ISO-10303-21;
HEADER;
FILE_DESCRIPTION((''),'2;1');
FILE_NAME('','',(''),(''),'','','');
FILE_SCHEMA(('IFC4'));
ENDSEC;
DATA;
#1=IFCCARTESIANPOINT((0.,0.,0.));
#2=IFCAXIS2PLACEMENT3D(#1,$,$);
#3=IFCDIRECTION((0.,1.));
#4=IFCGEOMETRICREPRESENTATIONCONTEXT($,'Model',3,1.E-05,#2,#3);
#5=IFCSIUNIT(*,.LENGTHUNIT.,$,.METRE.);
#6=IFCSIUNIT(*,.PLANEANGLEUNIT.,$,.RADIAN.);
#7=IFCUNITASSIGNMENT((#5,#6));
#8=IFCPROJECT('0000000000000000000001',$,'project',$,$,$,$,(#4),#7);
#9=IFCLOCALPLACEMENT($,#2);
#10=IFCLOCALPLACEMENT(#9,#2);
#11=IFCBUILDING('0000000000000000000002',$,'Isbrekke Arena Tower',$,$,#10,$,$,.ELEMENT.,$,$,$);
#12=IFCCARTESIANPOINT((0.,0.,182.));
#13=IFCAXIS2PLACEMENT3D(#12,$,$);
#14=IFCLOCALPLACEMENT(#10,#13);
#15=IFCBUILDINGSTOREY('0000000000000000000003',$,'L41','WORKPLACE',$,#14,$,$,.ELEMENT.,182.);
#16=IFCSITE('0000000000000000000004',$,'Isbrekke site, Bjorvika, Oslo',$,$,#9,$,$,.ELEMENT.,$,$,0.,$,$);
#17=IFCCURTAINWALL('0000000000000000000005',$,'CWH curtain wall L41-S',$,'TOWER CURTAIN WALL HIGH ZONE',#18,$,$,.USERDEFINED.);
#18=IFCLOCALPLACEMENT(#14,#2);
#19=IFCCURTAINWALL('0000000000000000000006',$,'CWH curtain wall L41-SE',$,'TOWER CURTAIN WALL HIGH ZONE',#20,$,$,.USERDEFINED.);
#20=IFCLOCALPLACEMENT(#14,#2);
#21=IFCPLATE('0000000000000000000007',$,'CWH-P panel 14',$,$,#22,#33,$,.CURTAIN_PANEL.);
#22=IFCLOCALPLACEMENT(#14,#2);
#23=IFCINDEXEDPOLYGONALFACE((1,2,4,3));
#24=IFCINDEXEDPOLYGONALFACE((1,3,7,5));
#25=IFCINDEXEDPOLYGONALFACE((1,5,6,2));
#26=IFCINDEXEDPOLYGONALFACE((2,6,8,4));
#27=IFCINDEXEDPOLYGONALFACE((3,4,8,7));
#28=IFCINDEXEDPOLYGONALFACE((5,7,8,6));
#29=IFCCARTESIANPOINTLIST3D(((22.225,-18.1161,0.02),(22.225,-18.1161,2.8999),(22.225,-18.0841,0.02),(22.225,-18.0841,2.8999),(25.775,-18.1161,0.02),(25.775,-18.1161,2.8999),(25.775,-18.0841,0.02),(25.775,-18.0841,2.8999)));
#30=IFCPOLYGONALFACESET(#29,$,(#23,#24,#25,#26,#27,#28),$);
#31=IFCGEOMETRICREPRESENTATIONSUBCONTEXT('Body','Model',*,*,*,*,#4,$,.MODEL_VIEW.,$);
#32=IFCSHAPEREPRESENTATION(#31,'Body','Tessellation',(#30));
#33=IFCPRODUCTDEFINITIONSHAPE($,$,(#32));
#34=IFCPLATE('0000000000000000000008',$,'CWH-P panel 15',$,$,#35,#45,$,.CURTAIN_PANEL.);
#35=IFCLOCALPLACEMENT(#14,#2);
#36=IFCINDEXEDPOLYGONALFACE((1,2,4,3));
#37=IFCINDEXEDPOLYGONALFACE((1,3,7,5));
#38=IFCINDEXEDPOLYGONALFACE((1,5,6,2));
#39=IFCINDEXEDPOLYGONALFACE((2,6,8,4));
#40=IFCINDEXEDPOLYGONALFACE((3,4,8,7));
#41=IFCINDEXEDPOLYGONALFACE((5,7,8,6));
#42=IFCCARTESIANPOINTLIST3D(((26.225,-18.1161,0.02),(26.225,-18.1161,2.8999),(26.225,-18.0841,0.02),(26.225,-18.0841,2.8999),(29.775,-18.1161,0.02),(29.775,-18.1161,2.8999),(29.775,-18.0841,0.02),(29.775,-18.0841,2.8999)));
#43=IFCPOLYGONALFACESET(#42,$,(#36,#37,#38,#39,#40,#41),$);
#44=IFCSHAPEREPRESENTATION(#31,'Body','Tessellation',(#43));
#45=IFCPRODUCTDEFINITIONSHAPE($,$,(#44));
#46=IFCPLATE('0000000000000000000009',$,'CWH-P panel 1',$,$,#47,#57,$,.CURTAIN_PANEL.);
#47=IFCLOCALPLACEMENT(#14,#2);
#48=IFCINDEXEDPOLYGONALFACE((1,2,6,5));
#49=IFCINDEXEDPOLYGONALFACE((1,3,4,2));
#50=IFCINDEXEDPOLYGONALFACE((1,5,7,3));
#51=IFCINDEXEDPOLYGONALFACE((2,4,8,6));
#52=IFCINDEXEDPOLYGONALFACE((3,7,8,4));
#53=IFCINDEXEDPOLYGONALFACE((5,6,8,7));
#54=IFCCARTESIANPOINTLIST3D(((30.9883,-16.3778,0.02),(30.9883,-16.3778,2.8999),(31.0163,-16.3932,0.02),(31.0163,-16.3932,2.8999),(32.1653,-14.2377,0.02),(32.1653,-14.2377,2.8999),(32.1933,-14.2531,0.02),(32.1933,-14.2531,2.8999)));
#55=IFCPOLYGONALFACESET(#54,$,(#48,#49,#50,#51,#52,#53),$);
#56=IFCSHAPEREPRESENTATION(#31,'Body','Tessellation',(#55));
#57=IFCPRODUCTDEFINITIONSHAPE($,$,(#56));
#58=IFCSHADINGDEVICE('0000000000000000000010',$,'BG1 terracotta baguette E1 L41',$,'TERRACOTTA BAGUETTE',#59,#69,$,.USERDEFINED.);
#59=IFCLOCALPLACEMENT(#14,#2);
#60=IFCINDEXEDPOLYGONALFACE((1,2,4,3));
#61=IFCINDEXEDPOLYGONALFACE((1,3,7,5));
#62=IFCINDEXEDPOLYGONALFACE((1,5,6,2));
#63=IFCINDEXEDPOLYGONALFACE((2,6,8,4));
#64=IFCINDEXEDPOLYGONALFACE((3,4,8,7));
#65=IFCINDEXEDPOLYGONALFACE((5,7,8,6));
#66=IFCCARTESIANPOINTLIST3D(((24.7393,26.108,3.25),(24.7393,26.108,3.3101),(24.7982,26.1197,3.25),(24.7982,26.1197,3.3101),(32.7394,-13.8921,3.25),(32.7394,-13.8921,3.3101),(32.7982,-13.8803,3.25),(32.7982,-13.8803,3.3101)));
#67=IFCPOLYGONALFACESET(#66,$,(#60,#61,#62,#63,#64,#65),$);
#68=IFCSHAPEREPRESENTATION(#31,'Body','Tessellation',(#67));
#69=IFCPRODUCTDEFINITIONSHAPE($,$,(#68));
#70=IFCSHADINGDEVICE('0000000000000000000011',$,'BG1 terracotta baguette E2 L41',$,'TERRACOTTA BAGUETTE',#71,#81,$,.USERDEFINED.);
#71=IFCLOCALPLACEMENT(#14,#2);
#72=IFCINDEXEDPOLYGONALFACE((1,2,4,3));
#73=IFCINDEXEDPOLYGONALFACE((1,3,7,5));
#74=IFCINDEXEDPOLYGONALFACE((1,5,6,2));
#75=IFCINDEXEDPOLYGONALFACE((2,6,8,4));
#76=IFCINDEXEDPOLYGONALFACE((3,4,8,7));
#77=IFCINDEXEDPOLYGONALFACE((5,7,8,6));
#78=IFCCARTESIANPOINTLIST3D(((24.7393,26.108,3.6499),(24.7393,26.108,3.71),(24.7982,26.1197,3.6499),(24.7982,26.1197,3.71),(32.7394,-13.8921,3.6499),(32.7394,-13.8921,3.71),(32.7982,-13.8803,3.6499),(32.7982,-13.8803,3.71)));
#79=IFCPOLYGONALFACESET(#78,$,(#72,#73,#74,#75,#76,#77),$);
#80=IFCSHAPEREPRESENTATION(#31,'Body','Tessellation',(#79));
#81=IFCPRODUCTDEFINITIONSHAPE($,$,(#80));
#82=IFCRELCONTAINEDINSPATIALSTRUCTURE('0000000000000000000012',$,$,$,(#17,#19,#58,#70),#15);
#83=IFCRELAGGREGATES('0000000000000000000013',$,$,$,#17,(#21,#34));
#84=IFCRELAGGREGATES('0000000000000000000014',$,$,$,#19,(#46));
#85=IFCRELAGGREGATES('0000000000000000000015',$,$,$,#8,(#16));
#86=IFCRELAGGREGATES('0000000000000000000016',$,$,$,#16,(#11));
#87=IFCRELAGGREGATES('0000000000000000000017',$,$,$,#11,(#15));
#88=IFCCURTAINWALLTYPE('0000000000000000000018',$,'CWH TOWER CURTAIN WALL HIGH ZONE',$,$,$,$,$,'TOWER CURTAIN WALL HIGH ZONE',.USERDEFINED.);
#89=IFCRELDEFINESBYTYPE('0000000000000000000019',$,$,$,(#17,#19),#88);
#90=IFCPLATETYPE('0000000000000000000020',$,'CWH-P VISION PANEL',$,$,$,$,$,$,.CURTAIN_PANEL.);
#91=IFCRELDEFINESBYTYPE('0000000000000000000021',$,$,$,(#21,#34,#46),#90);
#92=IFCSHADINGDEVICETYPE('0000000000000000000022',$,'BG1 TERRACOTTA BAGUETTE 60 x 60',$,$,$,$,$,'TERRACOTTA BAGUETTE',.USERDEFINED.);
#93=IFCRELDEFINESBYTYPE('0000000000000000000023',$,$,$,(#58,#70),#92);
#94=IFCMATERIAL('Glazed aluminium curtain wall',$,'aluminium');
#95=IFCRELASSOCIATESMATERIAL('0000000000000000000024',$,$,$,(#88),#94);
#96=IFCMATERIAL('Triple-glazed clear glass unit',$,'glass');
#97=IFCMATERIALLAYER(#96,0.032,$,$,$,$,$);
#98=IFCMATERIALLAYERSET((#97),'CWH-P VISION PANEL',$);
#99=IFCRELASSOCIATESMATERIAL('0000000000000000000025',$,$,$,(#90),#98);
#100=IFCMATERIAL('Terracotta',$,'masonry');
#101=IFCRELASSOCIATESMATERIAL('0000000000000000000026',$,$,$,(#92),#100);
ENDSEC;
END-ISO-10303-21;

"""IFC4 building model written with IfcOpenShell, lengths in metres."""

from ifc_helpers import new_model, si_unit, direction, frame, origin, origin_2d, place, context, subcontext, project, spatial, rectangle, extrude, material, layer, layer_set, material_profile, profile_set, type_object, element, aggregate, save


model = new_model("IFC4")

# Units and contexts
model_context = context("Model", 3, precision=1e-05, world=origin(), true_north=direction((0.0, 1.0)))
body_context = subcontext(model_context, "Body", "Model", "MODEL_VIEW")
ifc_project = project(units=[si_unit("LENGTHUNIT", "METRE"), si_unit("PLANEANGLEUNIT", "RADIAN")], contexts=[model_context])

# Site, building, storey
site_placement = place(None, origin())
site = spatial("IfcSite", under=ifc_project, at=site_placement, Name="Isbrekke site, Bjorvika, Oslo", CompositionType="ELEMENT", RefElevation=0.0)
building_placement = place(site_placement, origin())
building = spatial("IfcBuilding", under=site, at=building_placement, Name="Isbrekke Arena Tower", CompositionType="ELEMENT")
storey_placement = place(building_placement, frame((0.0, 0.0, 182.0)))
storey = spatial("IfcBuildingStorey", under=building, at=storey_placement, Name="L41", Description="WORKPLACE", CompositionType="ELEMENT", Elevation=182.0)

# Curtain walls
ifc_material_1 = material(Name="Glazed aluminium curtain wall", Category="aluminium")
curtain_wall_type = type_object("IfcCurtainWallType", Name="CWH TOWER CURTAIN WALL HIGH ZONE", ElementType="TOWER CURTAIN WALL HIGH ZONE", PredefinedType="USERDEFINED", material=ifc_material_1)
curtain_wall_1_placement = place(storey_placement, origin())
curtain_wall_1 = element("IfcCurtainWall", 1, at=curtain_wall_1_placement, inside=storey, type_object=curtain_wall_type, Name="CWH curtain wall L41-S", ObjectType="TOWER CURTAIN WALL HIGH ZONE", PredefinedType="USERDEFINED")
curtain_wall_2_placement = place(storey_placement, origin())
curtain_wall_2 = element("IfcCurtainWall", 2, at=curtain_wall_2_placement, inside=storey, type_object=curtain_wall_type, Name="CWH curtain wall L41-SE", ObjectType="TOWER CURTAIN WALL HIGH ZONE", PredefinedType="USERDEFINED")

# Plates
ifc_material_2 = material(Name="Triple-glazed clear glass unit", Category="glass")
ifc_layer = layer(ifc_material_2, 0.032)
ifc_layer_set = layer_set([ifc_layer], Name="CWH-P VISION PANEL")
plate_type = type_object("IfcPlateType", Name="CWH-P VISION PANEL", PredefinedType="CURTAIN_PANEL", material=ifc_layer_set)
plate_1_placement = place(storey_placement, frame((24.0, -18.1001, 0.02), z_axis=(0.0, 0.0, 1.0), x_axis=(1.0, 0.0, 0.0)))
plate_1 = element("IfcPlate", 3, at=plate_1_placement, type_object=plate_type, Name="CWH-P panel 14", PredefinedType="CURTAIN_PANEL", context=body_context, shape_type="SweptSolid", body=[
    extrude(rectangle(XDim=3.55, YDim=0.032, at=origin_2d()), origin(), (0.0, 0.0, 1.0), 2.8799),
])
plate_2_placement = place(storey_placement, frame((28.0, -18.1001, 0.02), z_axis=(0.0, 0.0, 1.0), x_axis=(1.0, 0.0, 0.0)))
plate_2 = element("IfcPlate", 4, at=plate_2_placement, type_object=plate_type, Name="CWH-P panel 15", PredefinedType="CURTAIN_PANEL", context=body_context, shape_type="SweptSolid", body=[
    extrude(rectangle(XDim=3.55, YDim=0.032, at=origin_2d()), origin(), (0.0, 0.0, 1.0), 2.8799),
])
aggregate(curtain_wall_1, [plate_1, plate_2])
plate_3_placement = place(storey_placement, frame((31.5908, -15.3154, 0.02), z_axis=(0.0, 0.0, 1.0), x_axis=(0.481919, 0.876216, 0.0)))
plate_3 = element("IfcPlate", 5, at=plate_3_placement, type_object=plate_type, Name="CWH-P panel 1", PredefinedType="CURTAIN_PANEL", context=body_context, shape_type="SweptSolid", body=[
    extrude(rectangle(XDim=2.4424, YDim=0.032, at=origin_2d()), origin(), (0.0, 0.0, 1.0), 2.8799),
])
aggregate(curtain_wall_2, [plate_3])

# Shading devices
ifc_material_3 = material(Name="Terracotta", Category="masonry")
ifc_material_profile_1 = material_profile(ifc_material_3, rectangle(XDim=0.0601, YDim=0.0601, at=origin_2d()), Name="BAGUETTE 60X60")
ifc_profile_set_1 = profile_set([ifc_material_profile_1], Name="Terracotta")
shading_device_type = type_object("IfcShadingDeviceType", Name="BG1 TERRACOTTA BAGUETTE 60 x 60", ElementType="TERRACOTTA BAGUETTE", PredefinedType="USERDEFINED", material=ifc_profile_set_1)
for number, where, z_axis, x_axis, name in (
    (6, (32.7688, -13.8862, 3.28), (-0.196116, 0.980581, 0.0), (-0.980581, -0.196116, 0.0), "BG1 terracotta baguette E1 L41"),
    (7, (32.7688, -13.8862, 3.6799), (-0.196116, 0.980581, 0.0), (-0.980581, -0.196116, 0.0), "BG1 terracotta baguette E2 L41"),
):
    element("IfcShadingDevice", number, at=place(storey_placement, frame(where, z_axis=z_axis, x_axis=x_axis)), inside=storey, type_object=shading_device_type, Name=name, ObjectType="TERRACOTTA BAGUETTE", PredefinedType="USERDEFINED", context=body_context, shape_type="SweptSolid", body=[
        extrude(rectangle(XDim=0.0601, YDim=0.0601, at=origin_2d()), origin(), (0.0, 0.0, 1.0), 40.7922),
    ])

save(model, "model.ifc")
